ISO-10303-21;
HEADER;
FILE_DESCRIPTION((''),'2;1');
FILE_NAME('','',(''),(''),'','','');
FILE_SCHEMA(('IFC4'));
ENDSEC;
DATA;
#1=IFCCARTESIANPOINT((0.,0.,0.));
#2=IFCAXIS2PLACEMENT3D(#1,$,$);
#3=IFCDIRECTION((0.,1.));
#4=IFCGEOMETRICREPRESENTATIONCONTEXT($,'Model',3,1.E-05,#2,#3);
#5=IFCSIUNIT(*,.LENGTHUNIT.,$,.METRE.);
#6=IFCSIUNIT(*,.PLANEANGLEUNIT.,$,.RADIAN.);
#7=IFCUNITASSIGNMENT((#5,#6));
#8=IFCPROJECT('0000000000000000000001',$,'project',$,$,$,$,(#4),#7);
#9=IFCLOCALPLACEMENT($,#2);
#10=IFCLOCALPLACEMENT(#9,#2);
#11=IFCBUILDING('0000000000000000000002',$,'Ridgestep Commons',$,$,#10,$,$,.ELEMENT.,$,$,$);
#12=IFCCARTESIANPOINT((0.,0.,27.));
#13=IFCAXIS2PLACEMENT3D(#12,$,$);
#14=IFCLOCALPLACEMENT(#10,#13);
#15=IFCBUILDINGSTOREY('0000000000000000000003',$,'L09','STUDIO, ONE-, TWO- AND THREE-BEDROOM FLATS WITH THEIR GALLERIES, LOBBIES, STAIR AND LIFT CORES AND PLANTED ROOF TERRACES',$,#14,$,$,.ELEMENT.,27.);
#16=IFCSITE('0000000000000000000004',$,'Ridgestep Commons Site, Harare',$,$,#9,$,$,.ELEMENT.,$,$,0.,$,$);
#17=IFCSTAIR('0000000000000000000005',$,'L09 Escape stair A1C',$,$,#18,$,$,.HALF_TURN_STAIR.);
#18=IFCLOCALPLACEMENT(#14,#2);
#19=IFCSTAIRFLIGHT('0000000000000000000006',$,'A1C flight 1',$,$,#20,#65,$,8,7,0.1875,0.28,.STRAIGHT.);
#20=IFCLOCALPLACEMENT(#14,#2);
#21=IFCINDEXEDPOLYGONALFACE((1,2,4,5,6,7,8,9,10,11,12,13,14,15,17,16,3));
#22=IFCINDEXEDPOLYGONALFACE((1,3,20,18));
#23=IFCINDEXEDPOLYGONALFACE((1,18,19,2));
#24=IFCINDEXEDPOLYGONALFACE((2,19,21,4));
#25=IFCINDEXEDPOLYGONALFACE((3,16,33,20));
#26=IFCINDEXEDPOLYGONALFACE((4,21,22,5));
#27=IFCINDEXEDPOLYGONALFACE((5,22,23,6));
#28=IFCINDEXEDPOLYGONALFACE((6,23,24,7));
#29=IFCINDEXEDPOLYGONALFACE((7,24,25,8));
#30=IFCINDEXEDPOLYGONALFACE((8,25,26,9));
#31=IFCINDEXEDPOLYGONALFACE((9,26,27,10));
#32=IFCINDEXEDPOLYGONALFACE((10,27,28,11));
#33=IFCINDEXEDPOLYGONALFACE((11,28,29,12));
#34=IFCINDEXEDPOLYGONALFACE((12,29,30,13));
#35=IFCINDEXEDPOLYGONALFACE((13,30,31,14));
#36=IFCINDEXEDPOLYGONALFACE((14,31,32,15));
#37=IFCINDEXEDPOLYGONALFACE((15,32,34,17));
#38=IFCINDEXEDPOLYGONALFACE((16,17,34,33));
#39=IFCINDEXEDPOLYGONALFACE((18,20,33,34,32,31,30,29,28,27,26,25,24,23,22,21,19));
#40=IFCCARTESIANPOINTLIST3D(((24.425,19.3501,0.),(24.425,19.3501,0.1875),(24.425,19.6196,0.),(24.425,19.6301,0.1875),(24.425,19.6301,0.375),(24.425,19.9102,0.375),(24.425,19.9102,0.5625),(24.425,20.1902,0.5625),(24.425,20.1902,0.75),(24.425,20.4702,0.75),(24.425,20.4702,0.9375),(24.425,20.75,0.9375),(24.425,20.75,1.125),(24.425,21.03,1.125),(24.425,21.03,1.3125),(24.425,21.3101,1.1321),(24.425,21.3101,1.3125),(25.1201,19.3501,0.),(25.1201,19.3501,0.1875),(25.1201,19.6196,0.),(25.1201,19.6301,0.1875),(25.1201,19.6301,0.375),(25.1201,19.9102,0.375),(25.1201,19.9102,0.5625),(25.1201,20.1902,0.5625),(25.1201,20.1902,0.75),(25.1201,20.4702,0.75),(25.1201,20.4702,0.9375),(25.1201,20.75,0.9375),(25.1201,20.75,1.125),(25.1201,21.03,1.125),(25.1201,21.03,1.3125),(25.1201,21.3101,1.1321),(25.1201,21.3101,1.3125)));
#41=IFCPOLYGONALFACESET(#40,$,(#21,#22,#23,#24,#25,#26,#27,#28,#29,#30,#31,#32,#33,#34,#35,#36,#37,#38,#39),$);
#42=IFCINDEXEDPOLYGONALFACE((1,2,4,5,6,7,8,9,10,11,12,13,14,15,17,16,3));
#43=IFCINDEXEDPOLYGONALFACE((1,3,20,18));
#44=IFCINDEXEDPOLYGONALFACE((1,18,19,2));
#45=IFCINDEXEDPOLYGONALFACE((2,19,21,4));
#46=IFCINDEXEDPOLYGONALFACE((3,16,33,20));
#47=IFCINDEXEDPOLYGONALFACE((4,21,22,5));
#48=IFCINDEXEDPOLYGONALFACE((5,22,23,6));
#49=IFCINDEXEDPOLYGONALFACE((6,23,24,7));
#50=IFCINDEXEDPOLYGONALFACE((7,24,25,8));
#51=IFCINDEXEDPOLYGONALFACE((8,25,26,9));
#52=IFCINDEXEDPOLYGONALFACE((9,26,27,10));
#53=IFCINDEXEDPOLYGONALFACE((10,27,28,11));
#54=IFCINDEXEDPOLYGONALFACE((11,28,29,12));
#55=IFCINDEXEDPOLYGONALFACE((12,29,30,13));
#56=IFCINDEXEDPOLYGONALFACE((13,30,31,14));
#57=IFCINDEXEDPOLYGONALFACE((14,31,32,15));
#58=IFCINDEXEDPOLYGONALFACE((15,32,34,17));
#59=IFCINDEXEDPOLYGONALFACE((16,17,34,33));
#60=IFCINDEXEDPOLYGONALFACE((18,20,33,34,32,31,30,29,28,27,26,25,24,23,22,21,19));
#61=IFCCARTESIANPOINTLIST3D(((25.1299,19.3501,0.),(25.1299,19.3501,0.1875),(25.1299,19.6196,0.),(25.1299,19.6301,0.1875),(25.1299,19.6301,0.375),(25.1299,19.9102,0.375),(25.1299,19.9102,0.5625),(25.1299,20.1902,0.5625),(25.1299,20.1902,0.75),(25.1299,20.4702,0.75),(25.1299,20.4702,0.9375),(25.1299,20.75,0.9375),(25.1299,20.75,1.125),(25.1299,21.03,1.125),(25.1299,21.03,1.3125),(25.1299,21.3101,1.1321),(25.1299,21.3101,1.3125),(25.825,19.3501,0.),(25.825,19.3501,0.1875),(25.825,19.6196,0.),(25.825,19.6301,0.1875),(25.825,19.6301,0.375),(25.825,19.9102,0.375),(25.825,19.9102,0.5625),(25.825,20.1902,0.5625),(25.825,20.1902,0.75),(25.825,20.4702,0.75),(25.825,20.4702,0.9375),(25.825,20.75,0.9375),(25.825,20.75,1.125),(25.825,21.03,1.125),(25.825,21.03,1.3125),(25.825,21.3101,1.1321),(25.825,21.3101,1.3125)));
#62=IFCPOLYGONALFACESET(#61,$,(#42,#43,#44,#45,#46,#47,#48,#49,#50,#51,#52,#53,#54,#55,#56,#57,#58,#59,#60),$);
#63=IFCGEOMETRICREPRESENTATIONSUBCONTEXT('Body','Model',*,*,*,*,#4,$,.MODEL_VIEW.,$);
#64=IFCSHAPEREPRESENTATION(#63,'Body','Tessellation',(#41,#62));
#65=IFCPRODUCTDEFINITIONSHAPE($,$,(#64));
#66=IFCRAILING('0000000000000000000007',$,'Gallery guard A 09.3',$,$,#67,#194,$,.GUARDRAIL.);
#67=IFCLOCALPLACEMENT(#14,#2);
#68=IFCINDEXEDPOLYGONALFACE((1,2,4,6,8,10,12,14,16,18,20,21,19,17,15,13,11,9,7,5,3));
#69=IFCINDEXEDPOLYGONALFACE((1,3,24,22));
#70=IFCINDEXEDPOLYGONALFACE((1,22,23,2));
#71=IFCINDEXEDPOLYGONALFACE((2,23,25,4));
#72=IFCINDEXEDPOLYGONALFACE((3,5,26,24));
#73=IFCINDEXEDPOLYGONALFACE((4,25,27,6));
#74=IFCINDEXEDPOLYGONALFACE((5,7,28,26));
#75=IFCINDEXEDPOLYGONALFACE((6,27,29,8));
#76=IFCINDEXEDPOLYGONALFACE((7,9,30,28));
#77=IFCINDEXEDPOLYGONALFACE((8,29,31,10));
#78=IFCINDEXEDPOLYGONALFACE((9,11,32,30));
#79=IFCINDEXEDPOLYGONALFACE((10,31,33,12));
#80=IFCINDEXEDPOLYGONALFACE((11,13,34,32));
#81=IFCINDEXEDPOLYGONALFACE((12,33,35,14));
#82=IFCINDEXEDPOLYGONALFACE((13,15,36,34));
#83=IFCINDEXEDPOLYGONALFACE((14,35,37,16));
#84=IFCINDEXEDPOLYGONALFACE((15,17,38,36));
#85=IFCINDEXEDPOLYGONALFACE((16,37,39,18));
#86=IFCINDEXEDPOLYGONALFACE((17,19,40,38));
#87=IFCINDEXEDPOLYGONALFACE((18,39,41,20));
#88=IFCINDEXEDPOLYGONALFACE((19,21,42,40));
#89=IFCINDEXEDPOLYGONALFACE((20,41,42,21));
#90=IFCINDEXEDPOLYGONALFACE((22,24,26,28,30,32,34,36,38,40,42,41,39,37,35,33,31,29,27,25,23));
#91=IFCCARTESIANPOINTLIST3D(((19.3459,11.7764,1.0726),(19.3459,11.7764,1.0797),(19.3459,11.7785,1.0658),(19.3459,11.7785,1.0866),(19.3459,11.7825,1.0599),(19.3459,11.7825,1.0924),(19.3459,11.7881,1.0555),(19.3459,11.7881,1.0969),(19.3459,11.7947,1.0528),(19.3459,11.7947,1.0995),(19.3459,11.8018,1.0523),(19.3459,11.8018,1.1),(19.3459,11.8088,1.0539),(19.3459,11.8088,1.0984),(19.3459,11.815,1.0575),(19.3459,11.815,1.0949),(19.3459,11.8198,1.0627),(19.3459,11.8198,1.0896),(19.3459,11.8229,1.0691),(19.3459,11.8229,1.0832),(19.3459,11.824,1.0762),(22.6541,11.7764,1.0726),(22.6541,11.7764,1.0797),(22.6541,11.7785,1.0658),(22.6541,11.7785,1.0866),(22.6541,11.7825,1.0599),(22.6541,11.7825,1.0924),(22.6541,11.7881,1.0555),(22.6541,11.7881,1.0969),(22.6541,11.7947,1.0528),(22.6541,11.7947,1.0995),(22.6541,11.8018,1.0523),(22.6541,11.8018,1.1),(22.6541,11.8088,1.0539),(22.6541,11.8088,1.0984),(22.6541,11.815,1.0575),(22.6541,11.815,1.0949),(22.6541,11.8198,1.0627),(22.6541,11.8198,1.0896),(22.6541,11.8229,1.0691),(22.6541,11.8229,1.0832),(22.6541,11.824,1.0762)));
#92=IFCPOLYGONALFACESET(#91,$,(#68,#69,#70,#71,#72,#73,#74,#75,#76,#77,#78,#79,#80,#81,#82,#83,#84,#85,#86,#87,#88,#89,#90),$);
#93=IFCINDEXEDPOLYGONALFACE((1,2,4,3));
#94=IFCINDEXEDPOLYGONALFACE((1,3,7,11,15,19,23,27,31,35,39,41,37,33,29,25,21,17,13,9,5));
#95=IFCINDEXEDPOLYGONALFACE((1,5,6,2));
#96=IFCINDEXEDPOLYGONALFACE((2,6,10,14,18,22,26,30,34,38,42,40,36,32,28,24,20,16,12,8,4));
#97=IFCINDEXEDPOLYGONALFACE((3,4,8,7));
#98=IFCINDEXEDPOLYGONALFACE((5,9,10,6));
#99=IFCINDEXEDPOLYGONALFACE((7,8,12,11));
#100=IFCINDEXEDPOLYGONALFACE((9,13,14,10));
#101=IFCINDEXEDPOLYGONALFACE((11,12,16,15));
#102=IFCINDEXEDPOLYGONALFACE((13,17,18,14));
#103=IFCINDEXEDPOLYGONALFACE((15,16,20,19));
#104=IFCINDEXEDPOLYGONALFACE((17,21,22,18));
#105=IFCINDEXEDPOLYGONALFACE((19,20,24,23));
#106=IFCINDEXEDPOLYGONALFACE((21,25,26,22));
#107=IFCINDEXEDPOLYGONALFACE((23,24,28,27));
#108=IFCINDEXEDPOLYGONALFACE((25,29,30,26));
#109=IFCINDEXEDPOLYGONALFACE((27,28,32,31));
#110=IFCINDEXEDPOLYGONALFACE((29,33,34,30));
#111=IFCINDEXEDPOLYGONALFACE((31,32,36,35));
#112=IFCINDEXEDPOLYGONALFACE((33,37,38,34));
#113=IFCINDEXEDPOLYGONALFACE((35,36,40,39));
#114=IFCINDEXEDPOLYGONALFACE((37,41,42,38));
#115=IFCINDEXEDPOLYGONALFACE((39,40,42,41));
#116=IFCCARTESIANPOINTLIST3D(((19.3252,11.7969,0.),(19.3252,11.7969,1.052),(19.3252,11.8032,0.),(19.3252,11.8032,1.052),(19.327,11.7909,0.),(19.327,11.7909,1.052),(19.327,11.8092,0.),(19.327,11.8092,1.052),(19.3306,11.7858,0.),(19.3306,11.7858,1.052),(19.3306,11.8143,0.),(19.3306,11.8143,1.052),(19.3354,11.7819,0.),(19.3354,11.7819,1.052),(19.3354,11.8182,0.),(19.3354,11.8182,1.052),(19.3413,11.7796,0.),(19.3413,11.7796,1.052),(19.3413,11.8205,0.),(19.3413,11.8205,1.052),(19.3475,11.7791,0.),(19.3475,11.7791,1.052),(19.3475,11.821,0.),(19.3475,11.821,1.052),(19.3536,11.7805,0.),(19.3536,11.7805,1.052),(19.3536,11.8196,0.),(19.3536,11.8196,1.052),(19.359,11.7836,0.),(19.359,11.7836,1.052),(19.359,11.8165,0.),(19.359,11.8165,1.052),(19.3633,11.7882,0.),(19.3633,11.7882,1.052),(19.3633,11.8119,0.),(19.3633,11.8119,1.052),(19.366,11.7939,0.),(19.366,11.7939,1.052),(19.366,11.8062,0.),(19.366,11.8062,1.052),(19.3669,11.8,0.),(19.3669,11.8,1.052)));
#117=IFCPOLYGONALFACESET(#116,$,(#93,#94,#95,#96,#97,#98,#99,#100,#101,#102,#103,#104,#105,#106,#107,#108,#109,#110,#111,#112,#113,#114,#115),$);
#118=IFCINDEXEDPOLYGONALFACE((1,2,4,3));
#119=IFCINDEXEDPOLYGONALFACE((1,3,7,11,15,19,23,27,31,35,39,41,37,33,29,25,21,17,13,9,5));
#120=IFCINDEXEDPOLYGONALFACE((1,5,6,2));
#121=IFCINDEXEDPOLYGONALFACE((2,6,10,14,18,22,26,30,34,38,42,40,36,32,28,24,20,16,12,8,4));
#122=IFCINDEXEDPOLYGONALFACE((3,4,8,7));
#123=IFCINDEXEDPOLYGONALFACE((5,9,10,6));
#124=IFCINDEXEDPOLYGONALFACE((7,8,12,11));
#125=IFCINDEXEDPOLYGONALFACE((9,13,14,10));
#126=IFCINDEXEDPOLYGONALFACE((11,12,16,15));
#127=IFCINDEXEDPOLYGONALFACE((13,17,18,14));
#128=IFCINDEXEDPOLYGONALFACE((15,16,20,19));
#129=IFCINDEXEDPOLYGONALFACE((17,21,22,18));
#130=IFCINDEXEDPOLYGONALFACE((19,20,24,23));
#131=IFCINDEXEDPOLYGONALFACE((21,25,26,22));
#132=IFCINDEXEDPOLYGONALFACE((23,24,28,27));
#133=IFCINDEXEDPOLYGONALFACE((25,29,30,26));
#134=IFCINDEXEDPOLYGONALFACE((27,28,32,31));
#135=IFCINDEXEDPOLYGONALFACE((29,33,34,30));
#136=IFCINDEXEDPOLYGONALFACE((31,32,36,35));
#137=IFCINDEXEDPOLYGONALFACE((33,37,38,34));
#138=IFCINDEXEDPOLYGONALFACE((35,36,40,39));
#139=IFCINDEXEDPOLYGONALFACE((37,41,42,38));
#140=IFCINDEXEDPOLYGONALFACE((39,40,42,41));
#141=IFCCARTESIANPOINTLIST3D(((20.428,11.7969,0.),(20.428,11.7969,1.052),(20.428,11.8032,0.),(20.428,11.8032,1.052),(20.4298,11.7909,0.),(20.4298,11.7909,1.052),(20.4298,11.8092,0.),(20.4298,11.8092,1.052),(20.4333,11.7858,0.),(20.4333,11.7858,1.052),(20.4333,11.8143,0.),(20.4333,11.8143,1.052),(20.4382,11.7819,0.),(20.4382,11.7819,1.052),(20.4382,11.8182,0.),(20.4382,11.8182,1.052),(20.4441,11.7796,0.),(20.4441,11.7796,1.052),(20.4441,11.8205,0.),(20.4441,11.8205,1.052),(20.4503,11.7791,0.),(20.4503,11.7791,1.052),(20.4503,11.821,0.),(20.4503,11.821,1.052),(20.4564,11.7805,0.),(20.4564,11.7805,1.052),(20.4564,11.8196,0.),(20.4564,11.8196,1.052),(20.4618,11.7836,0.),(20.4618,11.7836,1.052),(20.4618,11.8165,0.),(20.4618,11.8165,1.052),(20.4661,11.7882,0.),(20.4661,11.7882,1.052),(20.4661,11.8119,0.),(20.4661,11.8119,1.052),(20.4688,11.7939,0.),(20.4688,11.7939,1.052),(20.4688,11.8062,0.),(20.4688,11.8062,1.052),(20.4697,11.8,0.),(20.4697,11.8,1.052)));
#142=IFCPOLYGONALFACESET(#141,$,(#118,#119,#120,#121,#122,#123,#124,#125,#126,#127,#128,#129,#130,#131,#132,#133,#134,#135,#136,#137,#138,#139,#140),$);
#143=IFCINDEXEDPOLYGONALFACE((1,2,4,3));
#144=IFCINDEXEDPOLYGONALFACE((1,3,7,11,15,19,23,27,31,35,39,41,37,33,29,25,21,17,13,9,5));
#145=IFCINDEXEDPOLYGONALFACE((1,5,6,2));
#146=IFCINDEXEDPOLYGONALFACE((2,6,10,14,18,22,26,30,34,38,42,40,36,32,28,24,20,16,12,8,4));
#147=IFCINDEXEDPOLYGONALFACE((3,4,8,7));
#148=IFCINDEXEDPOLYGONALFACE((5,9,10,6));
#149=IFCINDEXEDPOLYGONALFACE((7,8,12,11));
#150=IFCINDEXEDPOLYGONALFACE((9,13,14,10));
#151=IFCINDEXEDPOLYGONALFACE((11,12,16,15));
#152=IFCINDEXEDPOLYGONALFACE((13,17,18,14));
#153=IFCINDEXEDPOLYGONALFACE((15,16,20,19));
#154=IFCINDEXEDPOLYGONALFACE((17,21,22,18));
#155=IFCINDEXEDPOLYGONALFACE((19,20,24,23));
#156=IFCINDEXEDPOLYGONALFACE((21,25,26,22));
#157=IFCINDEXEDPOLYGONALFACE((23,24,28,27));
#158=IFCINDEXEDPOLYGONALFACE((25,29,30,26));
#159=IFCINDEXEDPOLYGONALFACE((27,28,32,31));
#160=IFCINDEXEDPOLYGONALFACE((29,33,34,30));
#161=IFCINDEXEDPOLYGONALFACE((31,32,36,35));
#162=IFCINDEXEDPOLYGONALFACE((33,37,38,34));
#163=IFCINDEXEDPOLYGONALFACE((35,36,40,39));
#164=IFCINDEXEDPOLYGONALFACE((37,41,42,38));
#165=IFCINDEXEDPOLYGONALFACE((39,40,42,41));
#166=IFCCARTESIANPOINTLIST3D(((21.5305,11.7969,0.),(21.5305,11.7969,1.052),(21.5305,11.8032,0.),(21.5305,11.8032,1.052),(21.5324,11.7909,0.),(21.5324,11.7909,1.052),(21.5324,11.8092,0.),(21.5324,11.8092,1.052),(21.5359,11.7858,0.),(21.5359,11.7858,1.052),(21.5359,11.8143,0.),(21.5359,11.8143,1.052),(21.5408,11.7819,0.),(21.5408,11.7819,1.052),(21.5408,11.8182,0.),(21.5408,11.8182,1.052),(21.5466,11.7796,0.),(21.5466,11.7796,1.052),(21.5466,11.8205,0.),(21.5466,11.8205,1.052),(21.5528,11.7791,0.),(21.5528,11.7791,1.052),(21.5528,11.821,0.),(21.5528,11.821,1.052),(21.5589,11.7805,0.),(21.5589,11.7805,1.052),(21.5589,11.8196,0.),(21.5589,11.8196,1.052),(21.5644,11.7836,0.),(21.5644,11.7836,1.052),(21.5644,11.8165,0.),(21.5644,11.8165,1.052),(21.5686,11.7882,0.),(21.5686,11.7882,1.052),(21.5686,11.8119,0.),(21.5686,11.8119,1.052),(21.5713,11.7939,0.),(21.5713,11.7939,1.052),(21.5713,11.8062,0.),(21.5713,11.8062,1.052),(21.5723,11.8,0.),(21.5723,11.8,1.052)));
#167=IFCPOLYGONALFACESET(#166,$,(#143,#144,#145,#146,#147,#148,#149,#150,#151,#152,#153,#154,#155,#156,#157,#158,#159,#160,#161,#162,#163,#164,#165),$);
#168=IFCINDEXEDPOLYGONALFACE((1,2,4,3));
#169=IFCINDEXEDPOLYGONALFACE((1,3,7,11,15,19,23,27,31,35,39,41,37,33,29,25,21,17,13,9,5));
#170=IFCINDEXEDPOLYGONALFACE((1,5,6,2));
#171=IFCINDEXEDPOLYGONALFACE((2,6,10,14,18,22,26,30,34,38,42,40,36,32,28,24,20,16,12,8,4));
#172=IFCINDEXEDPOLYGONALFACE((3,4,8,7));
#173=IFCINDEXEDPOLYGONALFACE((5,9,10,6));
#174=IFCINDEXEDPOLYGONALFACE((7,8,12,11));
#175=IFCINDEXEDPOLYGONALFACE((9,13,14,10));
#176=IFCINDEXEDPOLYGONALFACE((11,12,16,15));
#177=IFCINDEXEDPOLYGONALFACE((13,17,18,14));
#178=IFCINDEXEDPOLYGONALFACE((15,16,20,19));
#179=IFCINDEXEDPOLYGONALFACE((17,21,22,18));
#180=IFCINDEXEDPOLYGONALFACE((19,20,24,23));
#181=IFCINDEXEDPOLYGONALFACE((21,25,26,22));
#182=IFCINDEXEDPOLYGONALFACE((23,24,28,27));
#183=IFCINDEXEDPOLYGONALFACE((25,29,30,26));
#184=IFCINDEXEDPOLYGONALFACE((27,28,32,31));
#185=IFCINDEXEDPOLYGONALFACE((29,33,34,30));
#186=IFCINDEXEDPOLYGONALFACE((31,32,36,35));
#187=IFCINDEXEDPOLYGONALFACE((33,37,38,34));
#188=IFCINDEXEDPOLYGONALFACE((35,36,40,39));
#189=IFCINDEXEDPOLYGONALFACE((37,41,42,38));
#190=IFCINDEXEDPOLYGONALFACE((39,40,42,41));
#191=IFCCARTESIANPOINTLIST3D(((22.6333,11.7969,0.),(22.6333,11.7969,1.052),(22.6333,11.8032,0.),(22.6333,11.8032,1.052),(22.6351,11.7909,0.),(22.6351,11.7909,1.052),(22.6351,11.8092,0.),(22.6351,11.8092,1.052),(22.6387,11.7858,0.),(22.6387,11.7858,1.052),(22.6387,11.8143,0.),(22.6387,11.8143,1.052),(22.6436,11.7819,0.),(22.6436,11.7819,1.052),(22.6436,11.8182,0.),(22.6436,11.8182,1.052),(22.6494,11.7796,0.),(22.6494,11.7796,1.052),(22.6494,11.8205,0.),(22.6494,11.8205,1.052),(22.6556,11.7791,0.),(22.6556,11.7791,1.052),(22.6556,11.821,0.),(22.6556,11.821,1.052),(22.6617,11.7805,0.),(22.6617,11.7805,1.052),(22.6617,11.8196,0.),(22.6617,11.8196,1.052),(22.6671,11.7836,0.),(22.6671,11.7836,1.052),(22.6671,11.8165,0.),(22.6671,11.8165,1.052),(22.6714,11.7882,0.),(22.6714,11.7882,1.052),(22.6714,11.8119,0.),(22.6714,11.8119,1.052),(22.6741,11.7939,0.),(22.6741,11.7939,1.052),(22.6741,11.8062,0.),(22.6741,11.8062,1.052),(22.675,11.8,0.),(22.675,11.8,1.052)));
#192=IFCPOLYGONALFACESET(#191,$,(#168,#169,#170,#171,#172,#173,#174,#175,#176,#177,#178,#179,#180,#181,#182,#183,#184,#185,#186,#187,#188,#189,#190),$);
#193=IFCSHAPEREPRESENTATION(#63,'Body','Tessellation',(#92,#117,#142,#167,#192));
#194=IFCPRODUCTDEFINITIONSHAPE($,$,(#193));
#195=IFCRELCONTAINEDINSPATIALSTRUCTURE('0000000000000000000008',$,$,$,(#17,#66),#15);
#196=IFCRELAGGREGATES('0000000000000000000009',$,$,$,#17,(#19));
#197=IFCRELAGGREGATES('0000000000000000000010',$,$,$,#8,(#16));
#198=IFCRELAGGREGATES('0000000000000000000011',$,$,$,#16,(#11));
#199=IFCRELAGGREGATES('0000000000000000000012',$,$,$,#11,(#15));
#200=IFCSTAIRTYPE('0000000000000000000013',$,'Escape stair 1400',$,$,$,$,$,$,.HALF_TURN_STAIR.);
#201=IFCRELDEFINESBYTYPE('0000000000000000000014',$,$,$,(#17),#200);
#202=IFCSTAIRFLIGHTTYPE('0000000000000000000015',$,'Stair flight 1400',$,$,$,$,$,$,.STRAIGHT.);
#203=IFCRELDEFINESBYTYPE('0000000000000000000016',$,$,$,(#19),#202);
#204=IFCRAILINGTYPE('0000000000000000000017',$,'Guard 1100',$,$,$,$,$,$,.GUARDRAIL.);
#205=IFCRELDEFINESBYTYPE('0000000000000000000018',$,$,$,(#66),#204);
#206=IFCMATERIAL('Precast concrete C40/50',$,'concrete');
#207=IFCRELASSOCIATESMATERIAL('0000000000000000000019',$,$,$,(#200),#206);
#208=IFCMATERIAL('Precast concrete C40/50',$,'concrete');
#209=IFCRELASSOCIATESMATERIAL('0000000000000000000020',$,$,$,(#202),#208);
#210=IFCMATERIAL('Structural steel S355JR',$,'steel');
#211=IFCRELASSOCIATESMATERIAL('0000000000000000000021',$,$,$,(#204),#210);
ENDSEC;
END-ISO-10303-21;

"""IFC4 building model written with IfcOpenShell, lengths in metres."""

from ifc_helpers import new_model, si_unit, direction, frame, origin, origin_2d, place, context, subcontext, project, spatial, polyline, circle, outline, extrude, material, type_object, element, aggregate, save


model = new_model("IFC4")

# Units and contexts
model_context = context("Model", 3, precision=1e-05, world=origin(), true_north=direction((0.0, 1.0)))
body_context = subcontext(model_context, "Body", "Model", "MODEL_VIEW")
ifc_project = project(units=[si_unit("LENGTHUNIT", "METRE"), si_unit("PLANEANGLEUNIT", "RADIAN")], contexts=[model_context])

# Site, building, storey
site_placement = place(None, origin())
site = spatial("IfcSite", under=ifc_project, at=site_placement, Name="Ridgestep Commons Site, Harare", CompositionType="ELEMENT", RefElevation=0.0)
building_placement = place(site_placement, origin())
building = spatial("IfcBuilding", under=site, at=building_placement, Name="Ridgestep Commons", CompositionType="ELEMENT")
storey_placement = place(building_placement, frame((0.0, 0.0, 27.0)))
storey = spatial("IfcBuildingStorey", under=building, at=storey_placement, Name="L09", Description="STUDIO, ONE-, TWO- AND THREE-BEDROOM FLATS WITH THEIR GALLERIES, LOBBIES, STAIR AND LIFT CORES AND PLANTED ROOF TERRACES", CompositionType="ELEMENT", Elevation=27.0)

# Stair, stair flight
ifc_material_1 = material(Name="Precast concrete C40/50", Category="concrete")
stair_type = type_object("IfcStairType", Name="Escape stair 1400", PredefinedType="HALF_TURN_STAIR", material=ifc_material_1)
stair_placement = place(storey_placement, origin())
stair = element("IfcStair", 1, at=stair_placement, inside=storey, type_object=stair_type, Name="L09 Escape stair A1C", PredefinedType="HALF_TURN_STAIR")
ifc_material_2 = material(Name="Precast concrete C40/50", Category="concrete")
stair_flight_type = type_object("IfcStairFlightType", Name="Stair flight 1400", PredefinedType="STRAIGHT", material=ifc_material_2)
stair_flight_placement = place(storey_placement, frame((25.125, 19.3501, 0.0), z_axis=(0.0, 0.0, 1.0), x_axis=(0.0, 1.0, 0.0)))
stair_flight = element("IfcStairFlight", 2, at=stair_flight_placement, type_object=stair_flight_type, Name="A1C flight 1", NumberOfRisers=8, NumberOfTreads=7, PredefinedType="STRAIGHT", RiserHeight=0.1875, TreadLength=0.28, context=body_context, shape_type="SweptSolid", body=[
    extrude(outline(polyline([(0.0, 0.0), (0.0, 0.1875), (0.28, 0.1875), (0.28, 0.375), (0.5601, 0.375), (0.5601, 0.5625), (0.8401, 0.5625), (0.8401, 0.75), (1.1201, 0.75), (1.1201, 0.9375), (1.3999, 0.9375), (1.3999, 1.125), (1.6799, 1.125), (1.6799, 1.3125), (1.96, 1.3125), (1.96, 1.5), (1.96, 1.1321), (0.2695, 0.0), (0.0, 0.0)])), frame((0.0, 0.7, 0.0), z_axis=(0.0, -1.0, 0.0), x_axis=(1.0, 0.0, 0.0)), (0.0, 0.0, 1.0), 0.6951),
    extrude(outline(polyline([(0.0, 0.0), (0.0, 0.1875), (0.28, 0.1875), (0.28, 0.375), (0.5601, 0.375), (0.5601, 0.5625), (0.8401, 0.5625), (0.8401, 0.75), (1.1201, 0.75), (1.1201, 0.9375), (1.3999, 0.9375), (1.3999, 1.125), (1.6799, 1.125), (1.6799, 1.3125), (1.96, 1.3125), (1.96, 1.5), (1.96, 1.1321), (0.2695, 0.0), (0.0, 0.0)])), frame((0.0, -0.0049, 0.0), z_axis=(0.0, -1.0, 0.0), x_axis=(1.0, 0.0, 0.0)), (0.0, 0.0, 1.0), 0.6951),
])
aggregate(stair, [stair_flight])

# Railing
ifc_material_3 = material(Name="Structural steel S355JR", Category="steel")
railing_type_1 = type_object("IfcRailingType", Name="Guard 1100", PredefinedType="GUARDRAIL", material=ifc_material_3)
railing_1_placement = place(storey_placement, frame((19.3459, 11.8, 0.0)))
element("IfcRailing", 3, at=railing_1_placement, inside=storey, type_object=railing_type_1, Name="Gallery guard A 09.3", PredefinedType="GUARDRAIL", context=body_context, shape_type="SweptSolid", body=[
    extrude(circle(Radius=0.0239, at=origin_2d()), frame((0.0, 0.0, 1.0762), z_axis=(1.0, 0.0, 0.0), x_axis=(0.0, 1.0, 0.0)), (0.0, 0.0, 1.0), 3.3081),
    extrude(circle(Radius=0.021, at=origin_2d()), origin(), (0.0, 0.0, 1.0), 1.052),
    extrude(circle(Radius=0.021, at=origin_2d()), frame((1.1028, 0.0, 0.0)), (0.0, 0.0, 1.0), 1.052),
    extrude(circle(Radius=0.021, at=origin_2d()), frame((2.2053, 0.0, 0.0)), (0.0, 0.0, 1.0), 1.052),
    extrude(circle(Radius=0.021, at=origin_2d()), frame((3.3081, 0.0, 0.0)), (0.0, 0.0, 1.0), 1.052),
])

save(model, "model.ifc")
